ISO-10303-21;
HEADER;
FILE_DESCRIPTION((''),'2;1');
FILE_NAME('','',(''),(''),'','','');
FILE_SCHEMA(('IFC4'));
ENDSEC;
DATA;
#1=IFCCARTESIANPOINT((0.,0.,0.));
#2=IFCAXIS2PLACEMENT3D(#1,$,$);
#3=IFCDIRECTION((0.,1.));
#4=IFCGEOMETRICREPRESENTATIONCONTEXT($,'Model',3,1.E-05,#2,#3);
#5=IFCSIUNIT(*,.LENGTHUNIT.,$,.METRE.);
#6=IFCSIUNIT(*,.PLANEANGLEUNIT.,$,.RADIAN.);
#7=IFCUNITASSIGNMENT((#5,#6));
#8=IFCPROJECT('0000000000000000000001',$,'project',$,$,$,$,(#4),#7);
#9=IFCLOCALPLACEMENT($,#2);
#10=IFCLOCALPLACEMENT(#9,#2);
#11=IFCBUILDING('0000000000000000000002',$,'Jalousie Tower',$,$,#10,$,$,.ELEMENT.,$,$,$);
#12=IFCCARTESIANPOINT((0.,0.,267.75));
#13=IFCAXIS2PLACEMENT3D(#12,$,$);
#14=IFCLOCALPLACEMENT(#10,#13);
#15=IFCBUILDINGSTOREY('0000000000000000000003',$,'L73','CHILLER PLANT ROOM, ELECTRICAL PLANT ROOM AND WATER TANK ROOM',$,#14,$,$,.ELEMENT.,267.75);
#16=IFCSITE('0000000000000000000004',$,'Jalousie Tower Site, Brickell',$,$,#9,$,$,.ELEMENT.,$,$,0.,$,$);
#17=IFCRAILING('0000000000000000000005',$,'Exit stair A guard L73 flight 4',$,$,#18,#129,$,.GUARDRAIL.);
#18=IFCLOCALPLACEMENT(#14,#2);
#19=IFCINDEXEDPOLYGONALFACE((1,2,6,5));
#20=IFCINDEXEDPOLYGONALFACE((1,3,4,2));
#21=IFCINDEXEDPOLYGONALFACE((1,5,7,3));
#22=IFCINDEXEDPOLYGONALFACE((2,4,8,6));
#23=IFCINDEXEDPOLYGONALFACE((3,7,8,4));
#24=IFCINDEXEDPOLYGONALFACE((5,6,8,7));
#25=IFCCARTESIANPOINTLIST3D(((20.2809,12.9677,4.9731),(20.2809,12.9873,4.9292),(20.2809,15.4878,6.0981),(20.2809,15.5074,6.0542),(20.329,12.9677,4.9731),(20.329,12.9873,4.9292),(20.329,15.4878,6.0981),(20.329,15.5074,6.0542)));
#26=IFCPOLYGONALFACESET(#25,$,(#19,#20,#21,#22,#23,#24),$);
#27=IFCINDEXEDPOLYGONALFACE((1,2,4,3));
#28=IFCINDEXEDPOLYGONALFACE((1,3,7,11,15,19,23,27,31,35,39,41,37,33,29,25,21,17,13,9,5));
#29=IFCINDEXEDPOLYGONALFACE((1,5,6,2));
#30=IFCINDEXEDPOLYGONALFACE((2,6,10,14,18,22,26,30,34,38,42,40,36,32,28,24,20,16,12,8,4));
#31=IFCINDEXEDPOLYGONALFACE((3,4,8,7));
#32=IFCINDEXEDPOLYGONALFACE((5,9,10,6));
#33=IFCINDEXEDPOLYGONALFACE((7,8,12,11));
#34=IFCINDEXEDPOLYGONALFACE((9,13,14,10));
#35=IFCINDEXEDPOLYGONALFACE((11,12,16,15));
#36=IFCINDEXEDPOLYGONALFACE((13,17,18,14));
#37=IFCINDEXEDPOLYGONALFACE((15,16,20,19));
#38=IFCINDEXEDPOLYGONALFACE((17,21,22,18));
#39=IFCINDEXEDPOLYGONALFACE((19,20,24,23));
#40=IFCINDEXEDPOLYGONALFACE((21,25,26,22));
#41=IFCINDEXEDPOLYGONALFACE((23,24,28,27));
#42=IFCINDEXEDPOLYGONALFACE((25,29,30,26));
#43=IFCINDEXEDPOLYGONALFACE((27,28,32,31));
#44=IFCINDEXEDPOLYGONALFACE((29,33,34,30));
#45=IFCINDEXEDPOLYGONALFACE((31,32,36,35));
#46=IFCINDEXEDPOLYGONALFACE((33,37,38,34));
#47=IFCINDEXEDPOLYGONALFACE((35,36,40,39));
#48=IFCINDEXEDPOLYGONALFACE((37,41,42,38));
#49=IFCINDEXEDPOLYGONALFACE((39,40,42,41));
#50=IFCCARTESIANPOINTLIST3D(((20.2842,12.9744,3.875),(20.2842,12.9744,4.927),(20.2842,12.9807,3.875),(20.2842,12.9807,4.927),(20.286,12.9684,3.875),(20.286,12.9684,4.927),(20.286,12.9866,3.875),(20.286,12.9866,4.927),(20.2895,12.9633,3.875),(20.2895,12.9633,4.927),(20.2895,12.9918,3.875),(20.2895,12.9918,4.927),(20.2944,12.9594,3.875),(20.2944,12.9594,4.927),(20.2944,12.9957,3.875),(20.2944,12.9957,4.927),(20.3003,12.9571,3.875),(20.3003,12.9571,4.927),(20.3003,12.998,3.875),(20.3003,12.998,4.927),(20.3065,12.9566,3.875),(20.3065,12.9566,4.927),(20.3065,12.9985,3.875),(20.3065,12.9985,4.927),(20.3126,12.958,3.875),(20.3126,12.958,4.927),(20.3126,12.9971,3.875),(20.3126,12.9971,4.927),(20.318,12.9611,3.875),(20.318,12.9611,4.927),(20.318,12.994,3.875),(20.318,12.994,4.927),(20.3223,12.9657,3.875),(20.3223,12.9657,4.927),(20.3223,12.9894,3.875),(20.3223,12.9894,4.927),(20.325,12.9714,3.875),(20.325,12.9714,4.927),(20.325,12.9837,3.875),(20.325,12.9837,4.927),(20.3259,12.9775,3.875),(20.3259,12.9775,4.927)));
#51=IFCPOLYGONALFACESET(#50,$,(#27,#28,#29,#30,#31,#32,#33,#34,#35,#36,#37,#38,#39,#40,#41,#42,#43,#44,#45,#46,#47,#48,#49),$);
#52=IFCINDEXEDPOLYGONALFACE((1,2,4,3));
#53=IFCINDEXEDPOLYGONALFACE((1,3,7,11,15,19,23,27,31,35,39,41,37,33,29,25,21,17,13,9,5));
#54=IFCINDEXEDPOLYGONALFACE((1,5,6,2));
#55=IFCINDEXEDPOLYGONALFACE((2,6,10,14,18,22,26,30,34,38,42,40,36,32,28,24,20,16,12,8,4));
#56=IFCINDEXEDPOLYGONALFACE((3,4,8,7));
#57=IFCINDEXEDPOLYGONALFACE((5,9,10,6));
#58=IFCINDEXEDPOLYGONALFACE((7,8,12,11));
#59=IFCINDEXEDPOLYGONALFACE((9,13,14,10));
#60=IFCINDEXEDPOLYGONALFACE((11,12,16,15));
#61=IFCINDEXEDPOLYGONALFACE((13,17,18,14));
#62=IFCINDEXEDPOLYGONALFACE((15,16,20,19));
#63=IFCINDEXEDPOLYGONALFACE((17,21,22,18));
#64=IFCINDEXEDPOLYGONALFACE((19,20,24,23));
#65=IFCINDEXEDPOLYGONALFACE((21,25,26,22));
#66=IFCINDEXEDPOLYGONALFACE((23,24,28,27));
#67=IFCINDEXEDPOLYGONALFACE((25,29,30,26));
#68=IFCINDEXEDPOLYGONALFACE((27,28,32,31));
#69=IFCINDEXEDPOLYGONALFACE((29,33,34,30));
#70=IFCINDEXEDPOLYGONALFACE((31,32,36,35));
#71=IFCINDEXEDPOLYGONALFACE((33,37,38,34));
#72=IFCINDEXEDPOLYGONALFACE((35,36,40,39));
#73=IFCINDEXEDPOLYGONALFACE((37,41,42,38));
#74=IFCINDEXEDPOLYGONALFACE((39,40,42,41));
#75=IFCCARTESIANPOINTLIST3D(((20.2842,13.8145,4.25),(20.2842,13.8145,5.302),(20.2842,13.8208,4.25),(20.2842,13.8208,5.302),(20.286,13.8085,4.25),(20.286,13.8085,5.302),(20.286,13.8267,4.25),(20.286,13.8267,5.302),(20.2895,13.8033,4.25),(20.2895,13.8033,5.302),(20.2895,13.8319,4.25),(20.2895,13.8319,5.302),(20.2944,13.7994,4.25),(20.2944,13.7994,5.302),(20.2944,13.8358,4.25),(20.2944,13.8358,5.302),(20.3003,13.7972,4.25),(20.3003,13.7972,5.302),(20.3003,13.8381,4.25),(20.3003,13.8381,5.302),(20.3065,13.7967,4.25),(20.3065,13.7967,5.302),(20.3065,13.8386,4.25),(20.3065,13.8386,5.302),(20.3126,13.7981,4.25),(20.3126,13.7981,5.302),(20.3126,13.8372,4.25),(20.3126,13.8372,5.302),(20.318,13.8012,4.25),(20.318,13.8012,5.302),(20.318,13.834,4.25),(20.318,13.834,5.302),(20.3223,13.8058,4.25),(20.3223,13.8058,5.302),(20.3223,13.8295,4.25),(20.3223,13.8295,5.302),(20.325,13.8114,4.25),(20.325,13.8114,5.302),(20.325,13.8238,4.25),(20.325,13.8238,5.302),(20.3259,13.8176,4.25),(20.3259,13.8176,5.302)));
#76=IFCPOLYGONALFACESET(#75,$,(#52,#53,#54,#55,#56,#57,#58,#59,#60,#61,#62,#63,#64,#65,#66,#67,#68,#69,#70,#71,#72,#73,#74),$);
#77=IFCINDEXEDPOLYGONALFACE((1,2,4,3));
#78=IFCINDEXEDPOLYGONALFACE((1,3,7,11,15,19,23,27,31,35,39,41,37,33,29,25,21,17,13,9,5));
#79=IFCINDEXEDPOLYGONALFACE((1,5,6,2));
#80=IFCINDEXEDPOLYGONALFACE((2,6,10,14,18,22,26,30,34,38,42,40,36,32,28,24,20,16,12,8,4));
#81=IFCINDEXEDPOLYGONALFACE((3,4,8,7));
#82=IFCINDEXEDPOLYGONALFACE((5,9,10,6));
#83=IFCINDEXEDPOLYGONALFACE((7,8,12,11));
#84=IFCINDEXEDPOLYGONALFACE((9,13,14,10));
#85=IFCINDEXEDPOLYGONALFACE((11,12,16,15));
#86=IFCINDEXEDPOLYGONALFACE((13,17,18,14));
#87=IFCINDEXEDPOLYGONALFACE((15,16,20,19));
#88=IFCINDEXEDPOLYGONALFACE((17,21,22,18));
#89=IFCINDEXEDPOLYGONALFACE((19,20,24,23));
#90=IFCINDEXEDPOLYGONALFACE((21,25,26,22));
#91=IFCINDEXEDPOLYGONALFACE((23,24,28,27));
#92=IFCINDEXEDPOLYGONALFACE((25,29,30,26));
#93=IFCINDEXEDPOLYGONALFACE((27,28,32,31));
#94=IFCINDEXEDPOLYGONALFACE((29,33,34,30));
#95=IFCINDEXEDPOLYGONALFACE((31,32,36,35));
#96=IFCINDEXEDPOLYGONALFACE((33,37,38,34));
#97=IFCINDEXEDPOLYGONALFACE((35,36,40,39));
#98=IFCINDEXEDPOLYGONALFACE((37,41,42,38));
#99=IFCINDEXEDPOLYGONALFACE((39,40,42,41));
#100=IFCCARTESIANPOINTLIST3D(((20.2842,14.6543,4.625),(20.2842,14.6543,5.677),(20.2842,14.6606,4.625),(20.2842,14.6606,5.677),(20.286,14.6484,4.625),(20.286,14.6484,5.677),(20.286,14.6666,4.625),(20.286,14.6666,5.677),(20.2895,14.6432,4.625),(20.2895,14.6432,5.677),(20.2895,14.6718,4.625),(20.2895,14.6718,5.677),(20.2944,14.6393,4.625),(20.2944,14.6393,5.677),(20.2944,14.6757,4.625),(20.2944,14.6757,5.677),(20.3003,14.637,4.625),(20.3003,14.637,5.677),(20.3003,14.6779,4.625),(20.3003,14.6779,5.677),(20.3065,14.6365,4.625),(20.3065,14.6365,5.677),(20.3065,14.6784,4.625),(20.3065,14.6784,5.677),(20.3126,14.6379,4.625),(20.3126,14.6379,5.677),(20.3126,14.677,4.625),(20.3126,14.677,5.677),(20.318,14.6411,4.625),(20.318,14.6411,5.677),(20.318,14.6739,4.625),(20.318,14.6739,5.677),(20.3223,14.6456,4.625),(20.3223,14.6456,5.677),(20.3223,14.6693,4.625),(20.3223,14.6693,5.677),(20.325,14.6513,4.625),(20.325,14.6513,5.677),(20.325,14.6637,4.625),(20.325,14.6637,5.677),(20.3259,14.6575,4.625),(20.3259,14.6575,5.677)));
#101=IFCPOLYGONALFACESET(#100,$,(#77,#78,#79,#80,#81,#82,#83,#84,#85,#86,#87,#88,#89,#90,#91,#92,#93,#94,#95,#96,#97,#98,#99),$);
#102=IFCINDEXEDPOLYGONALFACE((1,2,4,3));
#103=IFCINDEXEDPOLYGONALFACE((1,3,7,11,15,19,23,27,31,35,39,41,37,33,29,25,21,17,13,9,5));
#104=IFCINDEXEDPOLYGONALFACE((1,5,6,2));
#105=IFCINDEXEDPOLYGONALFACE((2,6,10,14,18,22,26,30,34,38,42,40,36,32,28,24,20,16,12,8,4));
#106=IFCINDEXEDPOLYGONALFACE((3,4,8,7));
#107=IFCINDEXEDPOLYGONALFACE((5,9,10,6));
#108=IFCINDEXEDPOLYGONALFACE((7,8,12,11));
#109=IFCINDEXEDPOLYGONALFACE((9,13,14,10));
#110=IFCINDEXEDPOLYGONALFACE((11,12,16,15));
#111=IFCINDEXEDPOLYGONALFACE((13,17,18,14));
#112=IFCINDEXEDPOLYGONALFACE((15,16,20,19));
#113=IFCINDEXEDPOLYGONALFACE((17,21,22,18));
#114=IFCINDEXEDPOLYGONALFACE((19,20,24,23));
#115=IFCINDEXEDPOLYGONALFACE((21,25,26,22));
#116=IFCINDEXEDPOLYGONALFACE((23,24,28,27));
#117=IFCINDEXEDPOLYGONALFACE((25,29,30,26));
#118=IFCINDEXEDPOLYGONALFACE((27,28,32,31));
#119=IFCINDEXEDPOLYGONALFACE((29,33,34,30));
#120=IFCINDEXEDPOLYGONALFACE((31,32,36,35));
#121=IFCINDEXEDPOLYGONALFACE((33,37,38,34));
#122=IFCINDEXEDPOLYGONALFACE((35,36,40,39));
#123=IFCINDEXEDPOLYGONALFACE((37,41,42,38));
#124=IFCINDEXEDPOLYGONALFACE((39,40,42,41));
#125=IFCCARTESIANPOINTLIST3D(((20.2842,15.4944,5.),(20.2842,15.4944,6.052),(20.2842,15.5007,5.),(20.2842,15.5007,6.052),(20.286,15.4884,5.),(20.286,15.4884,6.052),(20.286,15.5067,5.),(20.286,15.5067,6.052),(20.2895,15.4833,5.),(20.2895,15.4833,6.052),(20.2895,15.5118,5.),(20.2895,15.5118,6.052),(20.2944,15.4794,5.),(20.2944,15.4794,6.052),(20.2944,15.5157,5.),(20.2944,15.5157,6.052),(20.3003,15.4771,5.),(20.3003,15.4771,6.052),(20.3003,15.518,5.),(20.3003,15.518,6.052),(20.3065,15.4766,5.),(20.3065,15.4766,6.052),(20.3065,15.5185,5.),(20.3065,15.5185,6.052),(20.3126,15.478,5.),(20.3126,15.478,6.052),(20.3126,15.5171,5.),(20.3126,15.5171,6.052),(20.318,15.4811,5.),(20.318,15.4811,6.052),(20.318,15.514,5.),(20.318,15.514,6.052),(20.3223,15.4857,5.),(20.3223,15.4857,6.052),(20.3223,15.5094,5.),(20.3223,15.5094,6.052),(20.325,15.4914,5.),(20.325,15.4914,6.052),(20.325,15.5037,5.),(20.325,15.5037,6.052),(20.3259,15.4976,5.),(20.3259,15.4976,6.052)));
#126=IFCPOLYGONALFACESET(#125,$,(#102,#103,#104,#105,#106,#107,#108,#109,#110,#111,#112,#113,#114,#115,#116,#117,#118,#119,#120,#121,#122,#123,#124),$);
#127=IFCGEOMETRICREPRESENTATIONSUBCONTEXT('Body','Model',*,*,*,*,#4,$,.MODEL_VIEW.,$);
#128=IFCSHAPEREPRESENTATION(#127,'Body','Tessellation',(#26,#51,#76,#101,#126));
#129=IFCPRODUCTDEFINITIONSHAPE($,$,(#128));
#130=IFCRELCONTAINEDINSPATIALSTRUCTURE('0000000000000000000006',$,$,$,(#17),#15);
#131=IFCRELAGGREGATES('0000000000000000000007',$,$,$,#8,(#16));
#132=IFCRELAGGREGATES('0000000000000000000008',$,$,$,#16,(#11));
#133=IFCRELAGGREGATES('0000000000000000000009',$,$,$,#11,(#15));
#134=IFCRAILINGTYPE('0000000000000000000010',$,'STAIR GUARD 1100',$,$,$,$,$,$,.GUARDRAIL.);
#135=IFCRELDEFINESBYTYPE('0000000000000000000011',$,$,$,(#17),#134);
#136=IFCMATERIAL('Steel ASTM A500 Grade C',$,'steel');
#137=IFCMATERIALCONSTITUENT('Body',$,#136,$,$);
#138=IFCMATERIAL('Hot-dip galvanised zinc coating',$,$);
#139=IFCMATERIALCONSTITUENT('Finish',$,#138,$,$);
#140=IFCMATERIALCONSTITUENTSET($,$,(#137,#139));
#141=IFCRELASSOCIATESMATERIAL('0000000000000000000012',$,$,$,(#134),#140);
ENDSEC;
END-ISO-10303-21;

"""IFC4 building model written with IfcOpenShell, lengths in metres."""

from ifc_helpers import new_model, si_unit, direction, frame, origin, origin_2d, place, context, subcontext, project, spatial, rectangle, circle, extrude, material, constituent, constituent_set, type_object, element, save


model = new_model("IFC4")

# Units and contexts
model_context = context("Model", 3, precision=1e-05, world=origin(), true_north=direction((0.0, 1.0)))
body_context = subcontext(model_context, "Body", "Model", "MODEL_VIEW")
ifc_project = project(units=[si_unit("LENGTHUNIT", "METRE"), si_unit("PLANEANGLEUNIT", "RADIAN")], contexts=[model_context])

# Site, building, storey
site_placement = place(None, origin())
site = spatial("IfcSite", under=ifc_project, at=site_placement, Name="Jalousie Tower Site, Brickell", CompositionType="ELEMENT", RefElevation=0.0)
building_placement = place(site_placement, origin())
building = spatial("IfcBuilding", under=site, at=building_placement, Name="Jalousie Tower", CompositionType="ELEMENT")
storey_placement = place(building_placement, frame((0.0, 0.0, 267.75)))
storey = spatial("IfcBuildingStorey", under=building, at=storey_placement, Name="L73", Description="CHILLER PLANT ROOM, ELECTRICAL PLANT ROOM AND WATER TANK ROOM", CompositionType="ELEMENT", Elevation=267.75)

# Railing
ifc_material_1 = material(Name="Steel ASTM A500 Grade C", Category="steel")
ifc_constituent_1 = constituent(ifc_material_1, Name="Body")
ifc_material_2 = material(Name="Hot-dip galvanised zinc coating")
ifc_constituent_2 = constituent(ifc_material_2, Name="Finish")
ifc_constituent_set_1 = constituent_set(constituents=[ifc_constituent_1, ifc_constituent_2])
railing_type_1 = type_object("IfcRailingType", Name="STAIR GUARD 1100", PredefinedType="GUARDRAIL", material=ifc_constituent_set_1)
railing_1_placement = place(storey_placement, frame((20.3049, 12.9775, 3.875)))
element("IfcRailing", 1, at=railing_1_placement, inside=storey, type_object=railing_type_1, Name="Exit stair A guard L73 flight 4", PredefinedType="GUARDRAIL", context=body_context, shape_type="SweptSolid", body=[
    extrude(rectangle(XDim=0.0481, YDim=0.0481, at=origin_2d()), frame((0.0, 0.0, 1.0762), z_axis=(0.0, 0.913139, 0.407648), x_axis=(-1.0, 0.0, 0.0)), (0.0, 0.0, 1.0), 2.7598),
    extrude(circle(Radius=0.021, at=origin_2d()), origin(), (0.0, 0.0, 1.0), 1.052),
    extrude(circle(Radius=0.021, at=origin_2d()), frame((0.0, 0.8401, 0.375)), (0.0, 0.0, 1.0), 1.052),
    extrude(circle(Radius=0.021, at=origin_2d()), frame((0.0, 1.6799, 0.75)), (0.0, 0.0, 1.0), 1.052),
    extrude(circle(Radius=0.021, at=origin_2d()), frame((0.0, 2.52, 1.125)), (0.0, 0.0, 1.0), 1.052),
])

save(model, "model.ifc")
